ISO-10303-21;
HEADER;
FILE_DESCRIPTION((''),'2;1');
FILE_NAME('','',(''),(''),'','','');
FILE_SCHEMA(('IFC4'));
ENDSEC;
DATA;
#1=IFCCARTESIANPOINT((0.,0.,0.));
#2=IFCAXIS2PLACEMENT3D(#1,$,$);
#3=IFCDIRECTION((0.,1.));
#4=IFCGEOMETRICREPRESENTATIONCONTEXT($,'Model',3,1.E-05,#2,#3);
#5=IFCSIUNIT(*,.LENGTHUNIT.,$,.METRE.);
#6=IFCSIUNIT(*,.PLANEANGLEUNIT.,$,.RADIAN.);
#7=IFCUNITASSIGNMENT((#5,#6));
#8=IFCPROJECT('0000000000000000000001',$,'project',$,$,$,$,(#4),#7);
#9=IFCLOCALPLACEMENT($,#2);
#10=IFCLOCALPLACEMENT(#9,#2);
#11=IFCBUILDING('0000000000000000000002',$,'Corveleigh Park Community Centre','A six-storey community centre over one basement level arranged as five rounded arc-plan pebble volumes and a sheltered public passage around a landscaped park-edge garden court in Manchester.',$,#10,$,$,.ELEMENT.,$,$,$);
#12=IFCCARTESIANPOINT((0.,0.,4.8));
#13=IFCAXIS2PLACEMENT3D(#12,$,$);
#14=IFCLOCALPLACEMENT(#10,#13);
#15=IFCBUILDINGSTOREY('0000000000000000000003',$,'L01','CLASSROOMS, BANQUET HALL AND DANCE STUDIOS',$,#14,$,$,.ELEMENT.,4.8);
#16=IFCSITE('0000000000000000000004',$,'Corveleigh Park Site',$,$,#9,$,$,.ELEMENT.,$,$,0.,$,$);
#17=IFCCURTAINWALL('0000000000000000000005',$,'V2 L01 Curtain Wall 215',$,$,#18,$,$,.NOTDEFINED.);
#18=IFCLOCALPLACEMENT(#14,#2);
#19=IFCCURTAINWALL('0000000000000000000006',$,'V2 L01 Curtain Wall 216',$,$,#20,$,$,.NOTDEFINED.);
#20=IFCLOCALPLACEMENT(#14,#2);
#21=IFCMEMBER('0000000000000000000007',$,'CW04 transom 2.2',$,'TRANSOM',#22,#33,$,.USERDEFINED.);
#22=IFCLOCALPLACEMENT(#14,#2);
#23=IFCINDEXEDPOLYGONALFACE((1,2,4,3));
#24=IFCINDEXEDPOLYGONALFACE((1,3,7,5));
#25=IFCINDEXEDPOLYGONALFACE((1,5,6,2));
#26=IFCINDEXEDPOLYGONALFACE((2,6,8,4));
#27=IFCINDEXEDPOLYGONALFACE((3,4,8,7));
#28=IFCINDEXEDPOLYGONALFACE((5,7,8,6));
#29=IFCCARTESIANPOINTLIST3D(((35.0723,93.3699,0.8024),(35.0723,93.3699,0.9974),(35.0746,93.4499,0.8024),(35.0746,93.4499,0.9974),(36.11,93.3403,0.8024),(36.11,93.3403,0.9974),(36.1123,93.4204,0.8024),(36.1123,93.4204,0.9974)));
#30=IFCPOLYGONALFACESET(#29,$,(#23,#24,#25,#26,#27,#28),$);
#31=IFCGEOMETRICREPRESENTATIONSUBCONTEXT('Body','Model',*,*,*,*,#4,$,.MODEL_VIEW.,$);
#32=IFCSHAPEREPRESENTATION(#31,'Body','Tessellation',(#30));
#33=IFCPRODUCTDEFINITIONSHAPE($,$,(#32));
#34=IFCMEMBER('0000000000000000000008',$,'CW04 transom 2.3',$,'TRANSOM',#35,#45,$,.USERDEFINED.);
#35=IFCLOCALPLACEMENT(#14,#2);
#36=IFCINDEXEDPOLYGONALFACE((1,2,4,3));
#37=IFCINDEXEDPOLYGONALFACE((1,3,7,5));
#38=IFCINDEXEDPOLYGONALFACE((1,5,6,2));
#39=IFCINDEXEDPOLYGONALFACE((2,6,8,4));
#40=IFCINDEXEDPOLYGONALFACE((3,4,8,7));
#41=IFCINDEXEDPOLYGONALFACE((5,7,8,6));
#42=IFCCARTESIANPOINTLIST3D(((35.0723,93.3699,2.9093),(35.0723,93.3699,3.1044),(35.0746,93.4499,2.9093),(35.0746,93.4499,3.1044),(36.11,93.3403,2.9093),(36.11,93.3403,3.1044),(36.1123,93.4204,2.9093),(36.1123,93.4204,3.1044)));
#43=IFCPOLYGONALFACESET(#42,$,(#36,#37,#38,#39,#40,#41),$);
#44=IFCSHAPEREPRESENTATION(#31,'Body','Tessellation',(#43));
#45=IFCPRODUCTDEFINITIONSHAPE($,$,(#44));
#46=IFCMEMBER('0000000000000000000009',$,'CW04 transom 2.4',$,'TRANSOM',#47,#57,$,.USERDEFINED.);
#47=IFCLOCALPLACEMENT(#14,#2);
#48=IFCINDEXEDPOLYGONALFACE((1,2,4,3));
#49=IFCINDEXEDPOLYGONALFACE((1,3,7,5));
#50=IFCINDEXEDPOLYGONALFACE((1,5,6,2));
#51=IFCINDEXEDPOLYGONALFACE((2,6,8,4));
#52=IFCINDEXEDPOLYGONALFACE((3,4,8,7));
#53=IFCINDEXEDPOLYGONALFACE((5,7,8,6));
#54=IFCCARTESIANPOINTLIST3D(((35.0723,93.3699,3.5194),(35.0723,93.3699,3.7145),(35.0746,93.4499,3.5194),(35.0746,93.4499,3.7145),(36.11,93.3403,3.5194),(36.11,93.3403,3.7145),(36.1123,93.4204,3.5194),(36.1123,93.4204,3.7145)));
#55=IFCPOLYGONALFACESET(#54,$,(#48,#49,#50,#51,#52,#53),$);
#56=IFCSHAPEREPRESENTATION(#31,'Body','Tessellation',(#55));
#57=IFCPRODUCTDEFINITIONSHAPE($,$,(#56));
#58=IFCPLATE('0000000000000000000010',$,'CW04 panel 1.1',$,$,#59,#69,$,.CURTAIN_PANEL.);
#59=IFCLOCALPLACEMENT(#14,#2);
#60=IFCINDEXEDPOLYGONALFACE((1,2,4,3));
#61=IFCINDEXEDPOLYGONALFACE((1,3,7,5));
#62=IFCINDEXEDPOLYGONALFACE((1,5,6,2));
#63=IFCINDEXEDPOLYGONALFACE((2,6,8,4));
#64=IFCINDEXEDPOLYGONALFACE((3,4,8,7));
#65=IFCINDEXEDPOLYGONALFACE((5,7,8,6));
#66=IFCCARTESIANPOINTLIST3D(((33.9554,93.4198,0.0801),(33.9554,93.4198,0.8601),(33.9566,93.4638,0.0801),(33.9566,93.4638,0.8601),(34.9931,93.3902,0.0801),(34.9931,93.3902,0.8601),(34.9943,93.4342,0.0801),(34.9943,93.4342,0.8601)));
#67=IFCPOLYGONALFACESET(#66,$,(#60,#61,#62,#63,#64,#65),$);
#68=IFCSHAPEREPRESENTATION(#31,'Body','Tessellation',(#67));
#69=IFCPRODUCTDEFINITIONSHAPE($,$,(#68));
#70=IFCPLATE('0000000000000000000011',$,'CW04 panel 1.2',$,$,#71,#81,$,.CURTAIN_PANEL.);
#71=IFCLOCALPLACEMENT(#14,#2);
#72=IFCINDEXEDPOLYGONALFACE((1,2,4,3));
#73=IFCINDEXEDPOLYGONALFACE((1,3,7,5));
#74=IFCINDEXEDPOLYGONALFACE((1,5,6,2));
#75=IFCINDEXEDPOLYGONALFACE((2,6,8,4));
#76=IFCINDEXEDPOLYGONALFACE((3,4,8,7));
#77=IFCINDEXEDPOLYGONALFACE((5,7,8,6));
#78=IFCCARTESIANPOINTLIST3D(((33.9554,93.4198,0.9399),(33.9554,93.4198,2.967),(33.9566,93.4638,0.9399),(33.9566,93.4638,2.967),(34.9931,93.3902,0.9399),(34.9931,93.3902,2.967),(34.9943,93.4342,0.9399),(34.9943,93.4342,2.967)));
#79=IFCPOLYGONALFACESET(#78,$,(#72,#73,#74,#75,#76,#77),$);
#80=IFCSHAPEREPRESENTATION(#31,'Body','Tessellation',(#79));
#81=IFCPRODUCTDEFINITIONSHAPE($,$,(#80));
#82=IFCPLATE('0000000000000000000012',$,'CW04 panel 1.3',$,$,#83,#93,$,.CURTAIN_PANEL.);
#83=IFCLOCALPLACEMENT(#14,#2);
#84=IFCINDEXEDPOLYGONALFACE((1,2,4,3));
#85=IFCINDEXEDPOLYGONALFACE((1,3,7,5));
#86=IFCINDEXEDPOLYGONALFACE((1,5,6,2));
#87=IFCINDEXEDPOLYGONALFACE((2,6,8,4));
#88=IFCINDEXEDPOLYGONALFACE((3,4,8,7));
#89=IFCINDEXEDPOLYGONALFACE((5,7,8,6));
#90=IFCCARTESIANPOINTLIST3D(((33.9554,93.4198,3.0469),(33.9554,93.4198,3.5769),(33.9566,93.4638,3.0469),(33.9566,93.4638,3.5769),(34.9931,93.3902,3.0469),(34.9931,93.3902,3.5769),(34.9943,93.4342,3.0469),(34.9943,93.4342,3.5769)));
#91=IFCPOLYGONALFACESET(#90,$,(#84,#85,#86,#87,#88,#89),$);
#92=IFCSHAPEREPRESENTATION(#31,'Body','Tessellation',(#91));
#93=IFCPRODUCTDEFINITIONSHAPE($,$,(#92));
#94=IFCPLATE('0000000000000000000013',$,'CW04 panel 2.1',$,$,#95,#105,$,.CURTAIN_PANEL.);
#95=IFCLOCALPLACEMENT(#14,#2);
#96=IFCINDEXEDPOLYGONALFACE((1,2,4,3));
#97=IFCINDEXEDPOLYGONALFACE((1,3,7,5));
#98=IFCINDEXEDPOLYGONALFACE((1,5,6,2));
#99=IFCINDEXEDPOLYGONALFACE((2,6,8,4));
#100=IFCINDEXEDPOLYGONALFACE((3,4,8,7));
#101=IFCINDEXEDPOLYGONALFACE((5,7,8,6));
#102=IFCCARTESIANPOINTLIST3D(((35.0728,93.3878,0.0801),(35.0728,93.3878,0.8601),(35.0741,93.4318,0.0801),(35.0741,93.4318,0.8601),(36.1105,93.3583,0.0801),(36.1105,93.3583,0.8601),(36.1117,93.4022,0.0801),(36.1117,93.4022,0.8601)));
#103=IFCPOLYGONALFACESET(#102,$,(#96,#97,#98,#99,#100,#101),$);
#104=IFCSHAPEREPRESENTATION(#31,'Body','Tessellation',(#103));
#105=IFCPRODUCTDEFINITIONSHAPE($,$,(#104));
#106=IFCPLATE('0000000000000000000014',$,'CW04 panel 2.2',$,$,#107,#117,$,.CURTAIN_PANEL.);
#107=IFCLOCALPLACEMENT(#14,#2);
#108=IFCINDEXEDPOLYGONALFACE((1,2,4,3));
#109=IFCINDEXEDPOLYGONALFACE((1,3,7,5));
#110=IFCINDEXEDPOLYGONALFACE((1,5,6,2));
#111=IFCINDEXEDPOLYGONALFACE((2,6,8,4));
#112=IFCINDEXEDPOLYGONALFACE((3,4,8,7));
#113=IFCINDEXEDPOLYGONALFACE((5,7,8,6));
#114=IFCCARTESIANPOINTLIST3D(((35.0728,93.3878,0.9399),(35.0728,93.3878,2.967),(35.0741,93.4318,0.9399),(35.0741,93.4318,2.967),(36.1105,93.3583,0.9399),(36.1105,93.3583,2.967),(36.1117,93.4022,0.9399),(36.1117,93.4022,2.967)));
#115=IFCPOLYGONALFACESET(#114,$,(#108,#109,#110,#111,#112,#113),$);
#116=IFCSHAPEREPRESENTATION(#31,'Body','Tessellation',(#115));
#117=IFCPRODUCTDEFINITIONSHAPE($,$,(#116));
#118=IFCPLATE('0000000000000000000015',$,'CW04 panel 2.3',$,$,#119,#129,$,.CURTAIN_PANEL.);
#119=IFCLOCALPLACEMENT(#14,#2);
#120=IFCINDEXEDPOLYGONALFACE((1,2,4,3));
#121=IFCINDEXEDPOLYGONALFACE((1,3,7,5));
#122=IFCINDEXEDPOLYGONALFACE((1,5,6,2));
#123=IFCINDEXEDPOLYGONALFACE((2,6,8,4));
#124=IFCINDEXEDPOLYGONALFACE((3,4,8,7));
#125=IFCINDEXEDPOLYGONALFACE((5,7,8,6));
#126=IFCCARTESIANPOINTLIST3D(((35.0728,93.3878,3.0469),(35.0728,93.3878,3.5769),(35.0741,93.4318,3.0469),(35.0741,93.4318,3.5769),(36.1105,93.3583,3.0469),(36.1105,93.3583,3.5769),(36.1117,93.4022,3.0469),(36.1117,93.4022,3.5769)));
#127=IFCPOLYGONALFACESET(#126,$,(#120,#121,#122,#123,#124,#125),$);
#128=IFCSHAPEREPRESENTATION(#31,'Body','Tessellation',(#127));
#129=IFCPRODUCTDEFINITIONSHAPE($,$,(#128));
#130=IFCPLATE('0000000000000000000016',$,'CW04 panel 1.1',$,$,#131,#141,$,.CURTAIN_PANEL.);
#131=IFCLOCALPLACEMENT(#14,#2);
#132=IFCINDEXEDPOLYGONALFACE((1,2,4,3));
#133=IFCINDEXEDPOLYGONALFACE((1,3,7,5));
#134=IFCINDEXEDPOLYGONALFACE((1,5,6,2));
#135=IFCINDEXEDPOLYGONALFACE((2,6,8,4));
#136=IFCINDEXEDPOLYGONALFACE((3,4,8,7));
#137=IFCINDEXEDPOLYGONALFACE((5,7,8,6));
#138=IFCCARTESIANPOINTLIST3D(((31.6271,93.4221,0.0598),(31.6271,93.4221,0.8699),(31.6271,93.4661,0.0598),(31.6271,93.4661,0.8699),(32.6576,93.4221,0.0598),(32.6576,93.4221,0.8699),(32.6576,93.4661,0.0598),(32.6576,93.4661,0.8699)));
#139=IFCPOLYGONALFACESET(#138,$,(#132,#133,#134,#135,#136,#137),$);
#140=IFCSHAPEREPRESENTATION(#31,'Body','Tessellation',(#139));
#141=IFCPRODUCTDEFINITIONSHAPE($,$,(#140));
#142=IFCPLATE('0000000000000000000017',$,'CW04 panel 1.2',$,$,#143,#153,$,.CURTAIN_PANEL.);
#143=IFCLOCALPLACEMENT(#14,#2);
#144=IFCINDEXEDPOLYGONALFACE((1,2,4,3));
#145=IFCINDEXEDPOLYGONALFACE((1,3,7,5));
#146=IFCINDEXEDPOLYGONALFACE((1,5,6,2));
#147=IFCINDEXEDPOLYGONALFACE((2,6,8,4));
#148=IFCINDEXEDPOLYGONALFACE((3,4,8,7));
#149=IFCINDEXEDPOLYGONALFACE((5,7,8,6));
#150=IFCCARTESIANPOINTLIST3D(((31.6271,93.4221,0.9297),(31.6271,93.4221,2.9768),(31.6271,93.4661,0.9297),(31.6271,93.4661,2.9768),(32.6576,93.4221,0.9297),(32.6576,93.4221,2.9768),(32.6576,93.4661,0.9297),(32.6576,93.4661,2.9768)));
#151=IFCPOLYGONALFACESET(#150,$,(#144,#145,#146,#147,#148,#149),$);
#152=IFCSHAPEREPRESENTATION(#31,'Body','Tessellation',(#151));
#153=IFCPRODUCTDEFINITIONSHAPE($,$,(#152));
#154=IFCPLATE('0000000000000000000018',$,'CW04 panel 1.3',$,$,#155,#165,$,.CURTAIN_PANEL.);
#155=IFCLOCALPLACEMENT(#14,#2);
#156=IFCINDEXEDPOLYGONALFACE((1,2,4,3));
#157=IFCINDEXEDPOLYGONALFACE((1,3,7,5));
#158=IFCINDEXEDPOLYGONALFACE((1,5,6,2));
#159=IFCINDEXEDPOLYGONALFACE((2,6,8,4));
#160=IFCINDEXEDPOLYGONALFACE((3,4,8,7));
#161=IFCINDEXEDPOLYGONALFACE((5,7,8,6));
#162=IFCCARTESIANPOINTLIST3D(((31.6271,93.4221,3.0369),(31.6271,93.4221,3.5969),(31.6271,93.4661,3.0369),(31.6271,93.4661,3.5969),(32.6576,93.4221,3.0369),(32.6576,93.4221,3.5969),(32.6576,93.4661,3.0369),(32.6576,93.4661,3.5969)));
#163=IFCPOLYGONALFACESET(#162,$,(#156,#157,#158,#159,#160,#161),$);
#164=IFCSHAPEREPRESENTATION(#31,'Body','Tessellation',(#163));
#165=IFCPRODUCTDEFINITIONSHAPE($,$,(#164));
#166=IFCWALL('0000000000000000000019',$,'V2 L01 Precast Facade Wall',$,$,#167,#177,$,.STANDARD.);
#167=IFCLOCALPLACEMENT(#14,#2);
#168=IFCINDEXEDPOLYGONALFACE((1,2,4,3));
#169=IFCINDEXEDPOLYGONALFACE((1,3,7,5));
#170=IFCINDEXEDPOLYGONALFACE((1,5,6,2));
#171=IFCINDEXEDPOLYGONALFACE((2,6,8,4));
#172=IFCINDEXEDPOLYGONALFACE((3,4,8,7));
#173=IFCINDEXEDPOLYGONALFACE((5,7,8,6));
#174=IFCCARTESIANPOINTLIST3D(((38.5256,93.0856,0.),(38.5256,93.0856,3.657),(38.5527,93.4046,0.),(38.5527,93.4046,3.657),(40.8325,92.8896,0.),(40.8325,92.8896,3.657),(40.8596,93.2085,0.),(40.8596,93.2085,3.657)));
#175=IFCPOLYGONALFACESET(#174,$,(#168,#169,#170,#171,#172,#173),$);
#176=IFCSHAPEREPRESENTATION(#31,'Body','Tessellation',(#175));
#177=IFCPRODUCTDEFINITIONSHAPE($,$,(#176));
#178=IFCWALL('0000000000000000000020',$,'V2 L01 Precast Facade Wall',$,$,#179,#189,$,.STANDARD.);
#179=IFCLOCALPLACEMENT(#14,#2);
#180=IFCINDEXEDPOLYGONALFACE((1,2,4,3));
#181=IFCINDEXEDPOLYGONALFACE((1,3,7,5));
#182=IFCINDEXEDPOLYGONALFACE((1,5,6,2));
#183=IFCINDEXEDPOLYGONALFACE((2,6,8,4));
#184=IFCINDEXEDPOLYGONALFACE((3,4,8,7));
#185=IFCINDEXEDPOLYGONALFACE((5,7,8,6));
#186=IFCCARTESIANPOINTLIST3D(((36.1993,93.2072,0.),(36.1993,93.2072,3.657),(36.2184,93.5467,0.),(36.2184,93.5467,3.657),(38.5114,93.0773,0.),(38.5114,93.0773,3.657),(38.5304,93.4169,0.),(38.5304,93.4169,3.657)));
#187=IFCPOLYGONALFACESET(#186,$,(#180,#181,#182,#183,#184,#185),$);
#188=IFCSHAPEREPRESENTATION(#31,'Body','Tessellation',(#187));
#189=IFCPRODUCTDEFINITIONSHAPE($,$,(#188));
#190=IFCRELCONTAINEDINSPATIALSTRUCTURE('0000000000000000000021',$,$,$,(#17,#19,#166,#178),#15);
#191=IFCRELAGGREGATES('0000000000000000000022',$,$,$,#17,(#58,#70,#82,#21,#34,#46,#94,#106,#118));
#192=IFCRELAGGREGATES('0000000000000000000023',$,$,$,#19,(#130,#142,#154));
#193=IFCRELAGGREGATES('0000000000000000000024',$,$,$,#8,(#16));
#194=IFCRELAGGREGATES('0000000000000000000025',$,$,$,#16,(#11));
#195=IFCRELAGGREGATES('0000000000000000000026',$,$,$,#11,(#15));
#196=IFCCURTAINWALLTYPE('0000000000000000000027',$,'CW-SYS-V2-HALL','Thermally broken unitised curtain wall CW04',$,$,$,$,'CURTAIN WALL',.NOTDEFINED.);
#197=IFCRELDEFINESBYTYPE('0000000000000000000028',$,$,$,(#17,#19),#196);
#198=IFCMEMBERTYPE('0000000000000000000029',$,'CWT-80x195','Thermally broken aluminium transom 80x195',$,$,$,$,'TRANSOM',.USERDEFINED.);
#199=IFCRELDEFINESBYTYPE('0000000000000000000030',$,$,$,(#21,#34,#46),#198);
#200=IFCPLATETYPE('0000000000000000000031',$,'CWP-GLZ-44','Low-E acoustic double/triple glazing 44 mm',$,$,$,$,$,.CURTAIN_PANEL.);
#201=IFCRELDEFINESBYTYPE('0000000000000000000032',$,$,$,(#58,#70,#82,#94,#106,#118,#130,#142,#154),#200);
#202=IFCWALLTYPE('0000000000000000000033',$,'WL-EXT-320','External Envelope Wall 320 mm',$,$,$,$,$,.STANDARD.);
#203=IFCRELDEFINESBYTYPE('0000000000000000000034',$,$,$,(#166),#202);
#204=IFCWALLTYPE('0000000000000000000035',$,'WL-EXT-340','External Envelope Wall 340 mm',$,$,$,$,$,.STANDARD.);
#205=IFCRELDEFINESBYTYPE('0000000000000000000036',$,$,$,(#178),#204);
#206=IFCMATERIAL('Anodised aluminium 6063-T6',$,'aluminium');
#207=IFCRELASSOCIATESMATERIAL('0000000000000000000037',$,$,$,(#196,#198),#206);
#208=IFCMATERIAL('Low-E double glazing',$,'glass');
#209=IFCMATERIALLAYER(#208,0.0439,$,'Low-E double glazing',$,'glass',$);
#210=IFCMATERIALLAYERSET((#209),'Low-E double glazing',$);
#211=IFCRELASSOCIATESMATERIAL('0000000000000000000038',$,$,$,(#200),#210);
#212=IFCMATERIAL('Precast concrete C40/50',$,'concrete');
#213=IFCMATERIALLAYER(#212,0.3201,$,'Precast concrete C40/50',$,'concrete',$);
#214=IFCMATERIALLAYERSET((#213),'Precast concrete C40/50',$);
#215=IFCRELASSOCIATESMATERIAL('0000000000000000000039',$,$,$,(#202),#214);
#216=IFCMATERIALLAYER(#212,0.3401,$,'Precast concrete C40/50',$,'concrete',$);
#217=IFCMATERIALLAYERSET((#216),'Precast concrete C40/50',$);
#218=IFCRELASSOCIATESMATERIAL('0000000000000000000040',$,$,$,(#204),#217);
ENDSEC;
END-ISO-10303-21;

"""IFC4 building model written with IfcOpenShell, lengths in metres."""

from ifc_helpers import new_model, si_unit, direction, frame, frame_2d, origin, origin_2d, place, context, subcontext, project, spatial, rectangle, extrude, material, layer, layer_set, material_profile, profile_set, type_object, element, aggregate, save


model = new_model("IFC4")

# Units and contexts
model_context = context("Model", 3, precision=1e-05, world=origin(), true_north=direction((0.0, 1.0)))
body_context = subcontext(model_context, "Body", "Model", "MODEL_VIEW")
ifc_project = project(units=[si_unit("LENGTHUNIT", "METRE"), si_unit("PLANEANGLEUNIT", "RADIAN")], contexts=[model_context])

# Site, building, storey
site_placement = place(None, origin())
site = spatial("IfcSite", under=ifc_project, at=site_placement, Name="Corveleigh Park Site", CompositionType="ELEMENT", RefElevation=0.0)
building_placement = place(site_placement, origin())
building = spatial("IfcBuilding", under=site, at=building_placement, Name="Corveleigh Park Community Centre", Description="A six-storey community centre over one basement level arranged as five rounded arc-plan pebble volumes and a sheltered public passage around a landscaped park-edge garden court in Manchester.", CompositionType="ELEMENT")
storey_placement = place(building_placement, frame((0.0, 0.0, 4.8)))
storey = spatial("IfcBuildingStorey", under=building, at=storey_placement, Name="L01", Description="CLASSROOMS, BANQUET HALL AND DANCE STUDIOS", CompositionType="ELEMENT", Elevation=4.8)

# Curtain walls
ifc_material_1 = material(Name="Anodised aluminium 6063-T6", Category="aluminium")
curtain_wall_type = type_object("IfcCurtainWallType", Name="CW-SYS-V2-HALL", Description="Thermally broken unitised curtain wall CW04", ElementType="CURTAIN WALL", PredefinedType="NOTDEFINED", material=ifc_material_1)
curtain_wall_1_placement = place(storey_placement, origin())
curtain_wall_1 = element("IfcCurtainWall", 1, at=curtain_wall_1_placement, inside=storey, type_object=curtain_wall_type, Name="V2 L01 Curtain Wall 215", PredefinedType="NOTDEFINED")
curtain_wall_2_placement = place(storey_placement, origin())
curtain_wall_2 = element("IfcCurtainWall", 2, at=curtain_wall_2_placement, inside=storey, type_object=curtain_wall_type, Name="V2 L01 Curtain Wall 216", PredefinedType="NOTDEFINED")

# Members
ifc_material_profile_1 = material_profile(ifc_material_1, rectangle(XDim=0.0801, YDim=0.1951, at=origin_2d()), Name="ALU-T80x195", Category="aluminium")
ifc_profile_set_1 = profile_set([ifc_material_profile_1], Name="Anodised aluminium 6063-T6")
member_type_1 = type_object("IfcMemberType", Name="CWT-80x195", Description="Thermally broken aluminium transom 80x195", ElementType="TRANSOM", PredefinedType="USERDEFINED", material=ifc_profile_set_1)
member_1_placement = place(storey_placement, frame((35.0735, 93.4099, 0.8999), z_axis=(0.999595, -0.028459, 0.0), x_axis=(0.028459, 0.999595, 0.0)))
member_1 = element("IfcMember", 3, at=member_1_placement, type_object=member_type_1, Name="CW04 transom 2.2", ObjectType="TRANSOM", PredefinedType="USERDEFINED", context=body_context, shape_type="SweptSolid", body=[
    extrude(rectangle(XDim=0.0801, YDim=0.1951, at=origin_2d()), origin(), (0.0, 0.0, 1.0), 1.0381),
])
member_2_placement = place(storey_placement, frame((35.0735, 93.4099, 3.0068), z_axis=(0.999595, -0.028459, 0.0), x_axis=(0.028459, 0.999595, 0.0)))
member_2 = element("IfcMember", 4, at=member_2_placement, type_object=member_type_1, Name="CW04 transom 2.3", ObjectType="TRANSOM", PredefinedType="USERDEFINED", context=body_context, shape_type="SweptSolid", body=[
    extrude(rectangle(XDim=0.0801, YDim=0.1951, at=origin_2d()), origin(), (0.0, 0.0, 1.0), 1.0381),
])
member_3_placement = place(storey_placement, frame((35.0735, 93.4099, 3.6169), z_axis=(0.999595, -0.028459, 0.0), x_axis=(0.028459, 0.999595, 0.0)))
member_3 = element("IfcMember", 5, at=member_3_placement, type_object=member_type_1, Name="CW04 transom 2.4", ObjectType="TRANSOM", PredefinedType="USERDEFINED", context=body_context, shape_type="SweptSolid", body=[
    extrude(rectangle(XDim=0.0801, YDim=0.1951, at=origin_2d()), origin(), (0.0, 0.0, 1.0), 1.0381),
])

# Plates
ifc_material_2 = material(Name="Low-E double glazing", Category="glass")
ifc_layer_1 = layer(ifc_material_2, 0.0439, Name="Low-E double glazing", Category="glass")
ifc_layer_set_1 = layer_set([ifc_layer_1], Name="Low-E double glazing")
plate_type = type_object("IfcPlateType", Name="CWP-GLZ-44", Description="Low-E acoustic double/triple glazing 44 mm", PredefinedType="CURTAIN_PANEL", material=ifc_layer_set_1)
plate_1_placement = place(storey_placement, frame((34.4749, 93.427, 0.0801), z_axis=(0.0, 0.0, 1.0), x_axis=(0.999594, -0.028498, 0.0)))
plate_1 = element("IfcPlate", 6, at=plate_1_placement, type_object=plate_type, Name="CW04 panel 1.1", PredefinedType="CURTAIN_PANEL", context=body_context, shape_type="SweptSolid", body=[
    extrude(rectangle(XDim=1.0381, YDim=0.0439, at=origin_2d()), origin(), (0.0, 0.0, 1.0), 0.78),
])
plate_2_placement = place(storey_placement, frame((34.4749, 93.427, 0.9399), z_axis=(0.0, 0.0, 1.0), x_axis=(0.999594, -0.028498, 0.0)))
plate_2 = element("IfcPlate", 7, at=plate_2_placement, type_object=plate_type, Name="CW04 panel 1.2", PredefinedType="CURTAIN_PANEL", context=body_context, shape_type="SweptSolid", body=[
    extrude(rectangle(XDim=1.0381, YDim=0.0439, at=origin_2d()), origin(), (0.0, 0.0, 1.0), 2.0271),
])
plate_3_placement = place(storey_placement, frame((34.4749, 93.427, 3.0469), z_axis=(0.0, 0.0, 1.0), x_axis=(0.999594, -0.028498, 0.0)))
plate_3 = element("IfcPlate", 8, at=plate_3_placement, type_object=plate_type, Name="CW04 panel 1.3", PredefinedType="CURTAIN_PANEL", context=body_context, shape_type="SweptSolid", body=[
    extrude(rectangle(XDim=1.0381, YDim=0.0439, at=origin_2d()), origin(), (0.0, 0.0, 1.0), 0.53),
])
plate_4_placement = place(storey_placement, frame((35.5923, 93.395, 0.0801), z_axis=(0.0, 0.0, 1.0), x_axis=(0.999594, -0.028498, 0.0)))
plate_4 = element("IfcPlate", 9, at=plate_4_placement, type_object=plate_type, Name="CW04 panel 2.1", PredefinedType="CURTAIN_PANEL", context=body_context, shape_type="SweptSolid", body=[
    extrude(rectangle(XDim=1.0381, YDim=0.0439, at=origin_2d()), origin(), (0.0, 0.0, 1.0), 0.78),
])
plate_5_placement = place(storey_placement, frame((35.5923, 93.395, 0.9399), z_axis=(0.0, 0.0, 1.0), x_axis=(0.999594, -0.028498, 0.0)))
plate_5 = element("IfcPlate", 10, at=plate_5_placement, type_object=plate_type, Name="CW04 panel 2.2", PredefinedType="CURTAIN_PANEL", context=body_context, shape_type="SweptSolid", body=[
    extrude(rectangle(XDim=1.0381, YDim=0.0439, at=origin_2d()), origin(), (0.0, 0.0, 1.0), 2.0271),
])
plate_6_placement = place(storey_placement, frame((35.5923, 93.395, 3.0469), z_axis=(0.0, 0.0, 1.0), x_axis=(0.999594, -0.028498, 0.0)))
plate_6 = element("IfcPlate", 11, at=plate_6_placement, type_object=plate_type, Name="CW04 panel 2.3", PredefinedType="CURTAIN_PANEL", context=body_context, shape_type="SweptSolid", body=[
    extrude(rectangle(XDim=1.0381, YDim=0.0439, at=origin_2d()), origin(), (0.0, 0.0, 1.0), 0.53),
])
aggregate(curtain_wall_1, [plate_1, plate_2, plate_3, member_1, member_2, member_3, plate_4, plate_5, plate_6])
plate_7_placement = place(storey_placement, frame((32.1423, 93.4441, 0.0598), z_axis=(0.0, 0.0, 1.0), x_axis=(1.0, 0.0, 0.0)))
plate_7 = element("IfcPlate", 12, at=plate_7_placement, type_object=plate_type, Name="CW04 panel 1.1", PredefinedType="CURTAIN_PANEL", context=body_context, shape_type="SweptSolid", body=[
    extrude(rectangle(XDim=1.0305, YDim=0.0439, at=origin_2d()), origin(), (0.0, 0.0, 1.0), 0.8101),
])
plate_8_placement = place(storey_placement, frame((32.1423, 93.4441, 0.9297), z_axis=(0.0, 0.0, 1.0), x_axis=(1.0, 0.0, 0.0)))
plate_8 = element("IfcPlate", 13, at=plate_8_placement, type_object=plate_type, Name="CW04 panel 1.2", PredefinedType="CURTAIN_PANEL", context=body_context, shape_type="SweptSolid", body=[
    extrude(rectangle(XDim=1.0305, YDim=0.0439, at=origin_2d()), origin(), (0.0, 0.0, 1.0), 2.0471),
])
plate_9_placement = place(storey_placement, frame((32.1423, 93.4441, 3.0369), z_axis=(0.0, 0.0, 1.0), x_axis=(1.0, 0.0, 0.0)))
plate_9 = element("IfcPlate", 14, at=plate_9_placement, type_object=plate_type, Name="CW04 panel 1.3", PredefinedType="CURTAIN_PANEL", context=body_context, shape_type="SweptSolid", body=[
    extrude(rectangle(XDim=1.0305, YDim=0.0439, at=origin_2d()), origin(), (0.0, 0.0, 1.0), 0.5601),
])
aggregate(curtain_wall_2, [plate_7, plate_8, plate_9])

# Walls
ifc_material_3 = material(Name="Precast concrete C40/50", Category="concrete")
ifc_layer_2 = layer(ifc_material_3, 0.3201, Name="Precast concrete C40/50", Category="concrete")
ifc_layer_set_2 = layer_set([ifc_layer_2], Name="Precast concrete C40/50")
wall_type_1 = type_object("IfcWallType", Name="WL-EXT-320", Description="External Envelope Wall 320 mm", PredefinedType="STANDARD", material=ifc_layer_set_2)
wall_1_placement = place(storey_placement, frame((38.5391, 93.2451, 0.0), z_axis=(0.0, 0.0, 1.0), x_axis=(0.996408, -0.084677, 0.0)))
element("IfcWall", 15, at=wall_1_placement, inside=storey, type_object=wall_type_1, Name="V2 L01 Precast Facade Wall", PredefinedType="STANDARD", context=body_context, shape_type="SweptSolid", body=[
    extrude(rectangle(XDim=2.3152, YDim=0.3201, at=frame_2d((1.1577, 0.0))), origin(), (0.0, 0.0, 1.0), 3.657),
])
ifc_layer_3 = layer(ifc_material_3, 0.3401, Name="Precast concrete C40/50", Category="concrete")
ifc_layer_set_3 = layer_set([ifc_layer_3], Name="Precast concrete C40/50")
wall_type_2 = type_object("IfcWallType", Name="WL-EXT-340", Description="External Envelope Wall 340 mm", PredefinedType="STANDARD", material=ifc_layer_set_3)
wall_2_placement = place(storey_placement, frame((36.209, 93.377, 0.0), z_axis=(0.0, 0.0, 1.0), x_axis=(0.998426, -0.056089, 0.0)))
element("IfcWall", 16, at=wall_2_placement, inside=storey, type_object=wall_type_2, Name="V2 L01 Precast Facade Wall", PredefinedType="STANDARD", context=body_context, shape_type="SweptSolid", body=[
    extrude(rectangle(XDim=2.3157, YDim=0.3401, at=frame_2d((1.1577, 0.0))), origin(), (0.0, 0.0, 1.0), 3.657),
])

save(model, "model.ifc")
